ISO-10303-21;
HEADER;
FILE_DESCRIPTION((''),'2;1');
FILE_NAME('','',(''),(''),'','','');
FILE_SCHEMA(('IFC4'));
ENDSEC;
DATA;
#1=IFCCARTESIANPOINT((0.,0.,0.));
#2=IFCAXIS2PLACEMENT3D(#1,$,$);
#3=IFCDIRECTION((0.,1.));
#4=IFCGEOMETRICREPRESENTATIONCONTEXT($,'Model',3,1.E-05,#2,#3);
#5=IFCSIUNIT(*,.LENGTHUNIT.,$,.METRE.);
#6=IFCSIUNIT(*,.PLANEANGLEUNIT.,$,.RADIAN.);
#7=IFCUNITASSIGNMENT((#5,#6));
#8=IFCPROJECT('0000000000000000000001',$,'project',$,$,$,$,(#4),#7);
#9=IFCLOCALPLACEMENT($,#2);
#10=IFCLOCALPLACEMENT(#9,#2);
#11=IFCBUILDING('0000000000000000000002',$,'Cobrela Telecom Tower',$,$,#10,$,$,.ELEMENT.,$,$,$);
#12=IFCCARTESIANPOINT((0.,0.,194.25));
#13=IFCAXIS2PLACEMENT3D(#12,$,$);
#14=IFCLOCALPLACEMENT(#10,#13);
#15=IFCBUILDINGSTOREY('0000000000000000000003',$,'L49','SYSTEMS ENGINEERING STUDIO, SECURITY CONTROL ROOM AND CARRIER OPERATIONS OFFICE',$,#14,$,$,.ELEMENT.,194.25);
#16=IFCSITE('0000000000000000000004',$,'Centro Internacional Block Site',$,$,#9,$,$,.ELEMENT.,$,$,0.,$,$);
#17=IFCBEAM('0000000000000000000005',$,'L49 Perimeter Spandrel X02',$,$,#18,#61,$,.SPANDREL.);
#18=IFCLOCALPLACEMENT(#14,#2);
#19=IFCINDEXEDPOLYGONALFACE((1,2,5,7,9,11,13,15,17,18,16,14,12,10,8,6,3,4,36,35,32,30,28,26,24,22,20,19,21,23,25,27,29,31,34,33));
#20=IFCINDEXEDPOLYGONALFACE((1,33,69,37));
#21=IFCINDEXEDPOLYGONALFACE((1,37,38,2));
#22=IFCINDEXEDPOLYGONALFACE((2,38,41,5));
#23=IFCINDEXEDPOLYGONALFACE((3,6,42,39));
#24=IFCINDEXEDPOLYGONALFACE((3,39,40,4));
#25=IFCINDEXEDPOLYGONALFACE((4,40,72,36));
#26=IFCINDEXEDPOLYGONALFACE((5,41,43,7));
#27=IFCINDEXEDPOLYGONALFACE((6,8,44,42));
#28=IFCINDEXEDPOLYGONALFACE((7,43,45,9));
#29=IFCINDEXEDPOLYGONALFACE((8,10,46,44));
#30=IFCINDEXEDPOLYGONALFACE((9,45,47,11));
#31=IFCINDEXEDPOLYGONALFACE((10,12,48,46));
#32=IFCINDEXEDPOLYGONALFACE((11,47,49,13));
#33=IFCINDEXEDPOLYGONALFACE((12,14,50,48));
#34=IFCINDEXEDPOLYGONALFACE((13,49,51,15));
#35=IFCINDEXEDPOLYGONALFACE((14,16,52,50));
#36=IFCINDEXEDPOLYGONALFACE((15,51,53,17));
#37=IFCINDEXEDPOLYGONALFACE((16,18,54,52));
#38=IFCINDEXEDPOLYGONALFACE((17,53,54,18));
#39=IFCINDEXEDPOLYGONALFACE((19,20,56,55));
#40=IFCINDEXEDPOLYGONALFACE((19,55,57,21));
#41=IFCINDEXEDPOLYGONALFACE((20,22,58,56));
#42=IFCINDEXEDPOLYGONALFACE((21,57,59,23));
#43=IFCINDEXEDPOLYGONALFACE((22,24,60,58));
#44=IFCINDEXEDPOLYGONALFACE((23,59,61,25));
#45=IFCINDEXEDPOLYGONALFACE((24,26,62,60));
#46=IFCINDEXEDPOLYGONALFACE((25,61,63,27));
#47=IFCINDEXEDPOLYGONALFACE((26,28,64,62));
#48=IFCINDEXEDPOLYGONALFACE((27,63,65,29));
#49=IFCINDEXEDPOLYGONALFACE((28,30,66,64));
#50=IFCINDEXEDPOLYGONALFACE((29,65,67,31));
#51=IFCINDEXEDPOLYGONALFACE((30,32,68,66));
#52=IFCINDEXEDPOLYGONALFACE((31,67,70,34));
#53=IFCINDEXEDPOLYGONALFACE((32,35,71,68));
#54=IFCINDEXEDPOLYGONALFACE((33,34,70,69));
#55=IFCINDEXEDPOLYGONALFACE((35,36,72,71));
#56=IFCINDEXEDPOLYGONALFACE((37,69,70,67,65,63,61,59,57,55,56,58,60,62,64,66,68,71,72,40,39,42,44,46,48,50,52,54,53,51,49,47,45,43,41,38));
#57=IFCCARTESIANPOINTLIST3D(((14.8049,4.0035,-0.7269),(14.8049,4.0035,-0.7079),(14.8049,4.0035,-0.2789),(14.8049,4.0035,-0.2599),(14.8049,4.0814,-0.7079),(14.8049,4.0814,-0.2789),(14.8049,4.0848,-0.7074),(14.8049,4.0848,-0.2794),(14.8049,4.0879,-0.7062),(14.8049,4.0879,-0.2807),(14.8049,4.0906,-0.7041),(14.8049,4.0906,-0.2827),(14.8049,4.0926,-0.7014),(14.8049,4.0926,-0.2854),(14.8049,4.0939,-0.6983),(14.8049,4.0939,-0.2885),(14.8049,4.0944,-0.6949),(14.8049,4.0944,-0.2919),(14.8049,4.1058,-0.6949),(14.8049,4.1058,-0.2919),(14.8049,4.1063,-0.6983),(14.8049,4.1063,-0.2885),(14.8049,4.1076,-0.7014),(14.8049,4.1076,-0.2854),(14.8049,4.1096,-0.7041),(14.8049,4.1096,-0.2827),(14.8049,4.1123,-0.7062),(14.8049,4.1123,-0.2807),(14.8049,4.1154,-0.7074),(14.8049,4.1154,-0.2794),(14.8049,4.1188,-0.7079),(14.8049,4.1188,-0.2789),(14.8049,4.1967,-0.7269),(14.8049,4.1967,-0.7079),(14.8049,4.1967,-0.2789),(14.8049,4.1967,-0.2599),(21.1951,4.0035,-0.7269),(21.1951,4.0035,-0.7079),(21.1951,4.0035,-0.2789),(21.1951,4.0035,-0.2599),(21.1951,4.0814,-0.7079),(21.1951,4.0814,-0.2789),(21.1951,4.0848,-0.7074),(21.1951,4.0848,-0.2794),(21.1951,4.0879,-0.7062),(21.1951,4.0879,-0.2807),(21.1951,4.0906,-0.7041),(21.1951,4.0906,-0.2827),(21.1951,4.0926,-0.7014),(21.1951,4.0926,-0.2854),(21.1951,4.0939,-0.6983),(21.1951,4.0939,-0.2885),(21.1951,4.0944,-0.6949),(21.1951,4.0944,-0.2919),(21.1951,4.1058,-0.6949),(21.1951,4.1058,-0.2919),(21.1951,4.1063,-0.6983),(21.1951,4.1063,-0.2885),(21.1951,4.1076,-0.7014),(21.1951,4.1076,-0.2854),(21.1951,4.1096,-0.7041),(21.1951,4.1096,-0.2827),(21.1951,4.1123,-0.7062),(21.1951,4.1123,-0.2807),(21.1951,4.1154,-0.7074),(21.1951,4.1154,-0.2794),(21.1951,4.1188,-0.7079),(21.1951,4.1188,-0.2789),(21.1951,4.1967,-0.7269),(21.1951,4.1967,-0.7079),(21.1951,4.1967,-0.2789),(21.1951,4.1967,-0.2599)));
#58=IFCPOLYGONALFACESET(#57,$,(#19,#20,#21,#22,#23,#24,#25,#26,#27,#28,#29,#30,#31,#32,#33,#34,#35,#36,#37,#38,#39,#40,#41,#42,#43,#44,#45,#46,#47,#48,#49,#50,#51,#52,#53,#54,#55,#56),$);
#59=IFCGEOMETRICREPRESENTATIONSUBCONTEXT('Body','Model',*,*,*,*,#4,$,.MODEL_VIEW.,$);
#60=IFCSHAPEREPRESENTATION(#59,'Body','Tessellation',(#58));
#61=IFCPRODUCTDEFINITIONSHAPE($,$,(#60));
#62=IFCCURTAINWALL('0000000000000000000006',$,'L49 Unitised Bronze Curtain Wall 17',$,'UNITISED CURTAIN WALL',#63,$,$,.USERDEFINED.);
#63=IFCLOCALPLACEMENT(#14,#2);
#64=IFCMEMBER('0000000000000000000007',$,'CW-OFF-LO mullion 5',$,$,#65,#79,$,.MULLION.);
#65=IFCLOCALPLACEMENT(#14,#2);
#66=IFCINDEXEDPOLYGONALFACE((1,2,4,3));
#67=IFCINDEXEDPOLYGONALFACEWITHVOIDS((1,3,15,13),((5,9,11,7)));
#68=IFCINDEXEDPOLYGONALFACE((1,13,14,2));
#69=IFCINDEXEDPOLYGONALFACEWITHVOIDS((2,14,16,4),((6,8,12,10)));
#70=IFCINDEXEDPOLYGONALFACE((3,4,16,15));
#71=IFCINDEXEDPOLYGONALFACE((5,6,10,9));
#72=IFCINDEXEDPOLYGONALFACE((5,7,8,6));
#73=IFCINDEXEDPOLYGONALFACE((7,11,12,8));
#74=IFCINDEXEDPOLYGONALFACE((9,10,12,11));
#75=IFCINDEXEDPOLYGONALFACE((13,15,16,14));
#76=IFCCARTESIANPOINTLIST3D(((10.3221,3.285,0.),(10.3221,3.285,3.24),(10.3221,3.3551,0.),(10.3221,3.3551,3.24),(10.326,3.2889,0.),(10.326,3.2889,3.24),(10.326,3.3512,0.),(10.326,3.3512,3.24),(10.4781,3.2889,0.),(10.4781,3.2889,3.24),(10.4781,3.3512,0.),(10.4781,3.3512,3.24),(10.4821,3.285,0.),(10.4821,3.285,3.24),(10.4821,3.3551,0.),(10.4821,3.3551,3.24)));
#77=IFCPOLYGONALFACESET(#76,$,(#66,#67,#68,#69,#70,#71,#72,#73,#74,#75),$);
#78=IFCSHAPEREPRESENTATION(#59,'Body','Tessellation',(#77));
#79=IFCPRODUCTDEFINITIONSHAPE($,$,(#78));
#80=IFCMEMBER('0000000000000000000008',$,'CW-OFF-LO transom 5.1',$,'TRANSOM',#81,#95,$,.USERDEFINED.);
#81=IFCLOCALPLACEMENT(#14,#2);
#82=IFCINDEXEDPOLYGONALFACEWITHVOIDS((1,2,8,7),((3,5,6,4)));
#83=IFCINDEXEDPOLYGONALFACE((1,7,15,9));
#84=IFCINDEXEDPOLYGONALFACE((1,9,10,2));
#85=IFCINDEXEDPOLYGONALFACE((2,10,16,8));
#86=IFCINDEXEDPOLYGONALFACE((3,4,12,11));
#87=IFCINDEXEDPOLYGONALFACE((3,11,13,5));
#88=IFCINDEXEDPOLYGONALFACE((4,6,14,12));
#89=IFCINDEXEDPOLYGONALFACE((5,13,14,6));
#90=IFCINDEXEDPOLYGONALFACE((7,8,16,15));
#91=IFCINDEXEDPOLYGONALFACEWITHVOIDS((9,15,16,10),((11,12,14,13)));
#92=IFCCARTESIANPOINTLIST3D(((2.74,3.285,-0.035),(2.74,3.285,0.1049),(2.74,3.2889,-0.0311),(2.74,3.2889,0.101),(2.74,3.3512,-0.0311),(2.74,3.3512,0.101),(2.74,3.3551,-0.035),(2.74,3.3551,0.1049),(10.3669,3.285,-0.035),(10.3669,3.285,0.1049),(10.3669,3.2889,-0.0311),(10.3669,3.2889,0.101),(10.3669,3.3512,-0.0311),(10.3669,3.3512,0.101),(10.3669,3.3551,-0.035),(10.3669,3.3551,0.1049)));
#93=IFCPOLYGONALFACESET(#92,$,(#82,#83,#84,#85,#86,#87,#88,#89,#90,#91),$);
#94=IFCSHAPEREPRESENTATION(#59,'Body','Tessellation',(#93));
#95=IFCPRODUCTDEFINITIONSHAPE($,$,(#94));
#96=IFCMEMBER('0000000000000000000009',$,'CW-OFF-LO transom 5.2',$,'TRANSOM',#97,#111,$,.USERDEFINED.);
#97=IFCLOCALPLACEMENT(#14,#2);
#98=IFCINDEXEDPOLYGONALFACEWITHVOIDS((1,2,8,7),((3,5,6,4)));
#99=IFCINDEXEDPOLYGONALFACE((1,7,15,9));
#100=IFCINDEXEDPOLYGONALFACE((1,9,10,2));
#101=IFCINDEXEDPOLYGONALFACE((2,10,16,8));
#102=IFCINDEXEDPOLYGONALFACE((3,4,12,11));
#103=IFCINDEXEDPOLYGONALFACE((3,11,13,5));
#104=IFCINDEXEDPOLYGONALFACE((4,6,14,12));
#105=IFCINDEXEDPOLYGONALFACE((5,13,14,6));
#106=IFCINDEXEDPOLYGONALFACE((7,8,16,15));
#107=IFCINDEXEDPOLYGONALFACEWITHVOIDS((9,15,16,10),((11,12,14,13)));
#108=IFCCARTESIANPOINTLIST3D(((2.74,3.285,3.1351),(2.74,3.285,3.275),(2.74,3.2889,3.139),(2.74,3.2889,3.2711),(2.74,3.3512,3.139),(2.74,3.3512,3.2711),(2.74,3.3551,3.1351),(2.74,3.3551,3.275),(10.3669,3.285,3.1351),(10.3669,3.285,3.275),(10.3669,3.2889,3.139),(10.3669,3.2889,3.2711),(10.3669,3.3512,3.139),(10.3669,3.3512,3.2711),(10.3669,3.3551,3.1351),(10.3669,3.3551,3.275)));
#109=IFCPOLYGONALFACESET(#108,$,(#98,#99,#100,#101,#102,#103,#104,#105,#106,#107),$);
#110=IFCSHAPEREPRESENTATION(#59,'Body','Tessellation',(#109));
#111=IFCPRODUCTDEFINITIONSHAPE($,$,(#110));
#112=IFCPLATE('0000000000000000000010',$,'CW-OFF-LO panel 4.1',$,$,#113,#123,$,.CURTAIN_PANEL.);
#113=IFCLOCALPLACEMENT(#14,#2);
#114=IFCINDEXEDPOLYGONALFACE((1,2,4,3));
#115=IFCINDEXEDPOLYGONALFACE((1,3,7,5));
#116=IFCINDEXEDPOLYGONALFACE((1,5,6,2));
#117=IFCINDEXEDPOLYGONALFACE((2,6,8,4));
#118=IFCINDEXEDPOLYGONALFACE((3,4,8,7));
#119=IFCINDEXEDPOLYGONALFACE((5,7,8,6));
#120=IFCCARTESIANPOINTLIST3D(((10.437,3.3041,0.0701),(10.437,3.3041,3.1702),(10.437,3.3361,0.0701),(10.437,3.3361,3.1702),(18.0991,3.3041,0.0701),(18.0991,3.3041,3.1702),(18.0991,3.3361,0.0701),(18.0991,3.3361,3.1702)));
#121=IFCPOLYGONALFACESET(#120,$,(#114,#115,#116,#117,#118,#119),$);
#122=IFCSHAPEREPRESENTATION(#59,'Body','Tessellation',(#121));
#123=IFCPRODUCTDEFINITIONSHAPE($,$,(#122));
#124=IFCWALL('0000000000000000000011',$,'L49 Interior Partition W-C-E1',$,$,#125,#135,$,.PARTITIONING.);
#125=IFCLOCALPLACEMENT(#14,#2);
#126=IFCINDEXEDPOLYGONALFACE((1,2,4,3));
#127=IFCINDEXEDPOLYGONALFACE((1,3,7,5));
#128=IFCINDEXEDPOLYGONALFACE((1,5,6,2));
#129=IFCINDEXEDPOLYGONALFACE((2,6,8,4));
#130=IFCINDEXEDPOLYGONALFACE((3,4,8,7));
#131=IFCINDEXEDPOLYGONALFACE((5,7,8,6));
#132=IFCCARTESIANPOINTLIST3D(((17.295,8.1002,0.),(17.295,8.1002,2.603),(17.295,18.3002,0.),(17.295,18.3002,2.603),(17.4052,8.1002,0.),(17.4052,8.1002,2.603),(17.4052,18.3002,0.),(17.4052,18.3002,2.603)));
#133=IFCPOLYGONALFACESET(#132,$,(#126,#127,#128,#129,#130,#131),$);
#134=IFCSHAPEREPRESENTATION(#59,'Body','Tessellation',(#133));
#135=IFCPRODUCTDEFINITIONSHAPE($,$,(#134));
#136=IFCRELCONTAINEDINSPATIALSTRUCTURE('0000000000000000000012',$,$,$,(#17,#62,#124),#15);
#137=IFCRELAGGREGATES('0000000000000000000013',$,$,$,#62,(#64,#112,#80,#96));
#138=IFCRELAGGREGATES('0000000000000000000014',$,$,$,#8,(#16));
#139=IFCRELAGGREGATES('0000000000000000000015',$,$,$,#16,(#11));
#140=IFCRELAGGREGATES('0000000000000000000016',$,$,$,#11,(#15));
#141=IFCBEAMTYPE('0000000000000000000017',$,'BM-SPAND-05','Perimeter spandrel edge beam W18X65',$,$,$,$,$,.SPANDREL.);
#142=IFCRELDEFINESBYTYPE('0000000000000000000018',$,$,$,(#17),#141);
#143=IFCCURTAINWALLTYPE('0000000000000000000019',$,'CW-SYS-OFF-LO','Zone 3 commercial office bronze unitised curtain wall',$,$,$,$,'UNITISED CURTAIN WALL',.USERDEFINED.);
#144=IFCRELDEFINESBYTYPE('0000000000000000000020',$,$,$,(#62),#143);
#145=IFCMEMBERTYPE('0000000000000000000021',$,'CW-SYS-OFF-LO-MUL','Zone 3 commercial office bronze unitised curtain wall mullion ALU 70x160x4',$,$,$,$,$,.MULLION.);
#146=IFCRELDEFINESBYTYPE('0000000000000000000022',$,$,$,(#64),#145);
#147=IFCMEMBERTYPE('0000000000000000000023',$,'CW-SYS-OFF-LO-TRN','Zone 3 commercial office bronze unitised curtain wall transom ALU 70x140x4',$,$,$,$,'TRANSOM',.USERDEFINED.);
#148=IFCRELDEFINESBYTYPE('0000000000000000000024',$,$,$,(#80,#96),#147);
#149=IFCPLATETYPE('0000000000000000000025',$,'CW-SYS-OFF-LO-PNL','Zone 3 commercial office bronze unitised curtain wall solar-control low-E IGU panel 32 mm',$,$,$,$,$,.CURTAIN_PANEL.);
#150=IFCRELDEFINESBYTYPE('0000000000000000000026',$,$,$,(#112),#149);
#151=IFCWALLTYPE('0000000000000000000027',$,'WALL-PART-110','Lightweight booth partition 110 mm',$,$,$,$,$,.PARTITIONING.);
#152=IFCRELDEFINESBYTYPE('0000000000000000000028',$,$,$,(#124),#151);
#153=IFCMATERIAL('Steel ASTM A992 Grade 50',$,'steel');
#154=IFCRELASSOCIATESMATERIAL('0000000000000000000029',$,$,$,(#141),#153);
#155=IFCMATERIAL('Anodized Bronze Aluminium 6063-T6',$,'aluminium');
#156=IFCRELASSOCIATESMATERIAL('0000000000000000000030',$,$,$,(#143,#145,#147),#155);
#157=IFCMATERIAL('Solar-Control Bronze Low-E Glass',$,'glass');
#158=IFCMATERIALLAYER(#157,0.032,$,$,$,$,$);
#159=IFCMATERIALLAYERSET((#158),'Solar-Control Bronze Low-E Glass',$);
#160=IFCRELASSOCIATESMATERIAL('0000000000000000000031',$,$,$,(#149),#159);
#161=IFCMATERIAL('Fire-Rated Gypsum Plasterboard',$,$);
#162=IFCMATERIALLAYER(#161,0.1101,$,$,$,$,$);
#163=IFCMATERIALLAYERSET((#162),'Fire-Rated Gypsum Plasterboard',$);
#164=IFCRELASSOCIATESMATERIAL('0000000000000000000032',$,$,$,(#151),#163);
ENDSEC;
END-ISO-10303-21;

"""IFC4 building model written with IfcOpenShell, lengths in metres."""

from ifc_helpers import new_model, si_unit, direction, frame, frame_2d, origin, origin_2d, place, context, subcontext, project, spatial, rectangle, hollow_rectangle, i_section, extrude, material, layer, layer_set, material_profile, profile_set, type_object, element, aggregate, save


model = new_model("IFC4")

# Units and contexts
model_context = context("Model", 3, precision=1e-05, world=origin(), true_north=direction((0.0, 1.0)))
body_context = subcontext(model_context, "Body", "Model", "MODEL_VIEW")
ifc_project = project(units=[si_unit("LENGTHUNIT", "METRE"), si_unit("PLANEANGLEUNIT", "RADIAN")], contexts=[model_context])

# Site, building, storey
site_placement = place(None, origin())
site = spatial("IfcSite", under=ifc_project, at=site_placement, Name="Centro Internacional Block Site", CompositionType="ELEMENT", RefElevation=0.0)
building_placement = place(site_placement, origin())
building = spatial("IfcBuilding", under=site, at=building_placement, Name="Cobrela Telecom Tower", CompositionType="ELEMENT")
storey_placement = place(building_placement, frame((0.0, 0.0, 194.25)))
storey = spatial("IfcBuildingStorey", under=building, at=storey_placement, Name="L49", Description="SYSTEMS ENGINEERING STUDIO, SECURITY CONTROL ROOM AND CARRIER OPERATIONS OFFICE", CompositionType="ELEMENT", Elevation=194.25)

# Beam
ifc_material_1 = material(Name="Steel ASTM A992 Grade 50", Category="steel")
ifc_material_profile_1 = material_profile(ifc_material_1, i_section(OverallWidth=0.1931, OverallDepth=0.467, WebThickness=0.0115, FlangeThickness=0.019, FilletRadius=0.0129, at=origin_2d()), Name="W18X65")
ifc_profile_set_1 = profile_set([ifc_material_profile_1], Name="Steel ASTM A992 Grade 50")
beam_type_1 = type_object("IfcBeamType", Name="BM-SPAND-05", Description="Perimeter spandrel edge beam W18X65", PredefinedType="SPANDREL", material=ifc_profile_set_1)
for number, where, z_axis, x_axis, name in (
    (1, (14.8049, 4.1001, -0.4934), (1.0, 0.0, 0.0), (0.0, 1.0, 0.0), "L49 Perimeter Spandrel X02"),
):
    element("IfcBeam", number, at=place(storey_placement, frame(where, z_axis=z_axis, x_axis=x_axis)), inside=storey, type_object=beam_type_1, Name=name, PredefinedType="SPANDREL", context=body_context, shape_type="SweptSolid", body=[
        extrude(i_section(OverallWidth=0.1931, OverallDepth=0.467, WebThickness=0.0115, FlangeThickness=0.019, FilletRadius=0.0129, at=origin_2d()), origin(), (0.0, 0.0, 1.0), 6.3901),
    ])

# Curtain wall, members, plate
ifc_material_2 = material(Name="Anodized Bronze Aluminium 6063-T6", Category="aluminium")
curtain_wall_type = type_object("IfcCurtainWallType", Name="CW-SYS-OFF-LO", Description="Zone 3 commercial office bronze unitised curtain wall", ElementType="UNITISED CURTAIN WALL", PredefinedType="USERDEFINED", material=ifc_material_2)
curtain_wall_placement = place(storey_placement, origin())
curtain_wall = element("IfcCurtainWall", 2, at=curtain_wall_placement, inside=storey, type_object=curtain_wall_type, Name="L49 Unitised Bronze Curtain Wall 17", ObjectType="UNITISED CURTAIN WALL", PredefinedType="USERDEFINED")
ifc_material_profile_2 = material_profile(ifc_material_2, hollow_rectangle(XDim=0.0701, YDim=0.1599, WallThickness=0.0039, at=origin_2d()), Name="ALU 70x160x4")
ifc_profile_set_2 = profile_set([ifc_material_profile_2], Name="Anodized Bronze Aluminium 6063-T6")
member_type_1 = type_object("IfcMemberType", Name="CW-SYS-OFF-LO-MUL", Description="Zone 3 commercial office bronze unitised curtain wall mullion ALU 70x160x4", PredefinedType="MULLION", material=ifc_profile_set_2)
member_1_placement = place(storey_placement, frame((10.4021, 3.3201, 0.0), z_axis=(0.0, 0.0, 1.0), x_axis=(0.0, -1.0, 0.0)))
member_1 = element("IfcMember", 3, at=member_1_placement, type_object=member_type_1, Name="CW-OFF-LO mullion 5", PredefinedType="MULLION", context=body_context, shape_type="SweptSolid", body=[
    extrude(hollow_rectangle(XDim=0.0701, YDim=0.1599, WallThickness=0.0039, at=origin_2d()), origin(), (0.0, 0.0, 1.0), 3.24),
])
ifc_material_profile_3 = material_profile(ifc_material_2, hollow_rectangle(XDim=0.0701, YDim=0.1399, WallThickness=0.0039, at=origin_2d()), Name="ALU 70x140x4")
ifc_profile_set_3 = profile_set([ifc_material_profile_3], Name="Anodized Bronze Aluminium 6063-T6")
member_type_2 = type_object("IfcMemberType", Name="CW-SYS-OFF-LO-TRN", Description="Zone 3 commercial office bronze unitised curtain wall transom ALU 70x140x4", ElementType="TRANSOM", PredefinedType="USERDEFINED", material=ifc_profile_set_3)
member_2_placement = place(storey_placement, frame((10.3669, 3.3201, 0.0349), z_axis=(-1.0, 0.0, 0.0), x_axis=(0.0, -1.0, 0.0)))
member_2 = element("IfcMember", 4, at=member_2_placement, type_object=member_type_2, Name="CW-OFF-LO transom 5.1", ObjectType="TRANSOM", PredefinedType="USERDEFINED", context=body_context, shape_type="SweptSolid", body=[
    extrude(hollow_rectangle(XDim=0.0701, YDim=0.1399, WallThickness=0.0039, at=origin_2d()), origin(), (0.0, 0.0, 1.0), 7.627),
])
member_3_placement = place(storey_placement, frame((10.3669, 3.3201, 3.2051), z_axis=(-1.0, 0.0, 0.0), x_axis=(0.0, -1.0, 0.0)))
member_3 = element("IfcMember", 5, at=member_3_placement, type_object=member_type_2, Name="CW-OFF-LO transom 5.2", ObjectType="TRANSOM", PredefinedType="USERDEFINED", context=body_context, shape_type="SweptSolid", body=[
    extrude(hollow_rectangle(XDim=0.0701, YDim=0.1399, WallThickness=0.0039, at=origin_2d()), origin(), (0.0, 0.0, 1.0), 7.627),
])
ifc_material_3 = material(Name="Solar-Control Bronze Low-E Glass", Category="glass")
ifc_layer_1 = layer(ifc_material_3, 0.032)
ifc_layer_set_1 = layer_set([ifc_layer_1], Name="Solar-Control Bronze Low-E Glass")
plate_type = type_object("IfcPlateType", Name="CW-SYS-OFF-LO-PNL", Description="Zone 3 commercial office bronze unitised curtain wall solar-control low-E IGU panel 32 mm", PredefinedType="CURTAIN_PANEL", material=ifc_layer_set_1)
plate_placement = place(storey_placement, frame((14.2681, 3.3201, 0.0701), z_axis=(0.0, 0.0, 1.0), x_axis=(-1.0, 0.0, 0.0)))
plate = element("IfcPlate", 6, at=plate_placement, type_object=plate_type, Name="CW-OFF-LO panel 4.1", PredefinedType="CURTAIN_PANEL", context=body_context, shape_type="SweptSolid", body=[
    extrude(rectangle(XDim=7.6621, YDim=0.032, at=origin_2d()), origin(), (0.0, 0.0, 1.0), 3.1001),
])
aggregate(curtain_wall, [member_1, plate, member_2, member_3])

# Wall
ifc_material_4 = material(Name="Fire-Rated Gypsum Plasterboard")
ifc_layer_2 = layer(ifc_material_4, 0.1101)
ifc_layer_set_2 = layer_set([ifc_layer_2], Name="Fire-Rated Gypsum Plasterboard")
wall_type_1 = type_object("IfcWallType", Name="WALL-PART-110", Description="Lightweight booth partition 110 mm", PredefinedType="PARTITIONING", material=ifc_layer_set_2)
wall_1_placement = place(storey_placement, frame((17.3501, 8.1001, 0.0), z_axis=(0.0, 0.0, 1.0), x_axis=(0.0, 1.0, 0.0)))
element("IfcWall", 7, at=wall_1_placement, inside=storey, type_object=wall_type_1, Name="L49 Interior Partition W-C-E1", PredefinedType="PARTITIONING", context=body_context, shape_type="SweptSolid", body=[
    extrude(rectangle(XDim=10.2, YDim=0.1101, at=frame_2d((5.1001, 0.0))), origin(), (0.0, 0.0, 1.0), 2.603),
])

save(model, "model.ifc")
